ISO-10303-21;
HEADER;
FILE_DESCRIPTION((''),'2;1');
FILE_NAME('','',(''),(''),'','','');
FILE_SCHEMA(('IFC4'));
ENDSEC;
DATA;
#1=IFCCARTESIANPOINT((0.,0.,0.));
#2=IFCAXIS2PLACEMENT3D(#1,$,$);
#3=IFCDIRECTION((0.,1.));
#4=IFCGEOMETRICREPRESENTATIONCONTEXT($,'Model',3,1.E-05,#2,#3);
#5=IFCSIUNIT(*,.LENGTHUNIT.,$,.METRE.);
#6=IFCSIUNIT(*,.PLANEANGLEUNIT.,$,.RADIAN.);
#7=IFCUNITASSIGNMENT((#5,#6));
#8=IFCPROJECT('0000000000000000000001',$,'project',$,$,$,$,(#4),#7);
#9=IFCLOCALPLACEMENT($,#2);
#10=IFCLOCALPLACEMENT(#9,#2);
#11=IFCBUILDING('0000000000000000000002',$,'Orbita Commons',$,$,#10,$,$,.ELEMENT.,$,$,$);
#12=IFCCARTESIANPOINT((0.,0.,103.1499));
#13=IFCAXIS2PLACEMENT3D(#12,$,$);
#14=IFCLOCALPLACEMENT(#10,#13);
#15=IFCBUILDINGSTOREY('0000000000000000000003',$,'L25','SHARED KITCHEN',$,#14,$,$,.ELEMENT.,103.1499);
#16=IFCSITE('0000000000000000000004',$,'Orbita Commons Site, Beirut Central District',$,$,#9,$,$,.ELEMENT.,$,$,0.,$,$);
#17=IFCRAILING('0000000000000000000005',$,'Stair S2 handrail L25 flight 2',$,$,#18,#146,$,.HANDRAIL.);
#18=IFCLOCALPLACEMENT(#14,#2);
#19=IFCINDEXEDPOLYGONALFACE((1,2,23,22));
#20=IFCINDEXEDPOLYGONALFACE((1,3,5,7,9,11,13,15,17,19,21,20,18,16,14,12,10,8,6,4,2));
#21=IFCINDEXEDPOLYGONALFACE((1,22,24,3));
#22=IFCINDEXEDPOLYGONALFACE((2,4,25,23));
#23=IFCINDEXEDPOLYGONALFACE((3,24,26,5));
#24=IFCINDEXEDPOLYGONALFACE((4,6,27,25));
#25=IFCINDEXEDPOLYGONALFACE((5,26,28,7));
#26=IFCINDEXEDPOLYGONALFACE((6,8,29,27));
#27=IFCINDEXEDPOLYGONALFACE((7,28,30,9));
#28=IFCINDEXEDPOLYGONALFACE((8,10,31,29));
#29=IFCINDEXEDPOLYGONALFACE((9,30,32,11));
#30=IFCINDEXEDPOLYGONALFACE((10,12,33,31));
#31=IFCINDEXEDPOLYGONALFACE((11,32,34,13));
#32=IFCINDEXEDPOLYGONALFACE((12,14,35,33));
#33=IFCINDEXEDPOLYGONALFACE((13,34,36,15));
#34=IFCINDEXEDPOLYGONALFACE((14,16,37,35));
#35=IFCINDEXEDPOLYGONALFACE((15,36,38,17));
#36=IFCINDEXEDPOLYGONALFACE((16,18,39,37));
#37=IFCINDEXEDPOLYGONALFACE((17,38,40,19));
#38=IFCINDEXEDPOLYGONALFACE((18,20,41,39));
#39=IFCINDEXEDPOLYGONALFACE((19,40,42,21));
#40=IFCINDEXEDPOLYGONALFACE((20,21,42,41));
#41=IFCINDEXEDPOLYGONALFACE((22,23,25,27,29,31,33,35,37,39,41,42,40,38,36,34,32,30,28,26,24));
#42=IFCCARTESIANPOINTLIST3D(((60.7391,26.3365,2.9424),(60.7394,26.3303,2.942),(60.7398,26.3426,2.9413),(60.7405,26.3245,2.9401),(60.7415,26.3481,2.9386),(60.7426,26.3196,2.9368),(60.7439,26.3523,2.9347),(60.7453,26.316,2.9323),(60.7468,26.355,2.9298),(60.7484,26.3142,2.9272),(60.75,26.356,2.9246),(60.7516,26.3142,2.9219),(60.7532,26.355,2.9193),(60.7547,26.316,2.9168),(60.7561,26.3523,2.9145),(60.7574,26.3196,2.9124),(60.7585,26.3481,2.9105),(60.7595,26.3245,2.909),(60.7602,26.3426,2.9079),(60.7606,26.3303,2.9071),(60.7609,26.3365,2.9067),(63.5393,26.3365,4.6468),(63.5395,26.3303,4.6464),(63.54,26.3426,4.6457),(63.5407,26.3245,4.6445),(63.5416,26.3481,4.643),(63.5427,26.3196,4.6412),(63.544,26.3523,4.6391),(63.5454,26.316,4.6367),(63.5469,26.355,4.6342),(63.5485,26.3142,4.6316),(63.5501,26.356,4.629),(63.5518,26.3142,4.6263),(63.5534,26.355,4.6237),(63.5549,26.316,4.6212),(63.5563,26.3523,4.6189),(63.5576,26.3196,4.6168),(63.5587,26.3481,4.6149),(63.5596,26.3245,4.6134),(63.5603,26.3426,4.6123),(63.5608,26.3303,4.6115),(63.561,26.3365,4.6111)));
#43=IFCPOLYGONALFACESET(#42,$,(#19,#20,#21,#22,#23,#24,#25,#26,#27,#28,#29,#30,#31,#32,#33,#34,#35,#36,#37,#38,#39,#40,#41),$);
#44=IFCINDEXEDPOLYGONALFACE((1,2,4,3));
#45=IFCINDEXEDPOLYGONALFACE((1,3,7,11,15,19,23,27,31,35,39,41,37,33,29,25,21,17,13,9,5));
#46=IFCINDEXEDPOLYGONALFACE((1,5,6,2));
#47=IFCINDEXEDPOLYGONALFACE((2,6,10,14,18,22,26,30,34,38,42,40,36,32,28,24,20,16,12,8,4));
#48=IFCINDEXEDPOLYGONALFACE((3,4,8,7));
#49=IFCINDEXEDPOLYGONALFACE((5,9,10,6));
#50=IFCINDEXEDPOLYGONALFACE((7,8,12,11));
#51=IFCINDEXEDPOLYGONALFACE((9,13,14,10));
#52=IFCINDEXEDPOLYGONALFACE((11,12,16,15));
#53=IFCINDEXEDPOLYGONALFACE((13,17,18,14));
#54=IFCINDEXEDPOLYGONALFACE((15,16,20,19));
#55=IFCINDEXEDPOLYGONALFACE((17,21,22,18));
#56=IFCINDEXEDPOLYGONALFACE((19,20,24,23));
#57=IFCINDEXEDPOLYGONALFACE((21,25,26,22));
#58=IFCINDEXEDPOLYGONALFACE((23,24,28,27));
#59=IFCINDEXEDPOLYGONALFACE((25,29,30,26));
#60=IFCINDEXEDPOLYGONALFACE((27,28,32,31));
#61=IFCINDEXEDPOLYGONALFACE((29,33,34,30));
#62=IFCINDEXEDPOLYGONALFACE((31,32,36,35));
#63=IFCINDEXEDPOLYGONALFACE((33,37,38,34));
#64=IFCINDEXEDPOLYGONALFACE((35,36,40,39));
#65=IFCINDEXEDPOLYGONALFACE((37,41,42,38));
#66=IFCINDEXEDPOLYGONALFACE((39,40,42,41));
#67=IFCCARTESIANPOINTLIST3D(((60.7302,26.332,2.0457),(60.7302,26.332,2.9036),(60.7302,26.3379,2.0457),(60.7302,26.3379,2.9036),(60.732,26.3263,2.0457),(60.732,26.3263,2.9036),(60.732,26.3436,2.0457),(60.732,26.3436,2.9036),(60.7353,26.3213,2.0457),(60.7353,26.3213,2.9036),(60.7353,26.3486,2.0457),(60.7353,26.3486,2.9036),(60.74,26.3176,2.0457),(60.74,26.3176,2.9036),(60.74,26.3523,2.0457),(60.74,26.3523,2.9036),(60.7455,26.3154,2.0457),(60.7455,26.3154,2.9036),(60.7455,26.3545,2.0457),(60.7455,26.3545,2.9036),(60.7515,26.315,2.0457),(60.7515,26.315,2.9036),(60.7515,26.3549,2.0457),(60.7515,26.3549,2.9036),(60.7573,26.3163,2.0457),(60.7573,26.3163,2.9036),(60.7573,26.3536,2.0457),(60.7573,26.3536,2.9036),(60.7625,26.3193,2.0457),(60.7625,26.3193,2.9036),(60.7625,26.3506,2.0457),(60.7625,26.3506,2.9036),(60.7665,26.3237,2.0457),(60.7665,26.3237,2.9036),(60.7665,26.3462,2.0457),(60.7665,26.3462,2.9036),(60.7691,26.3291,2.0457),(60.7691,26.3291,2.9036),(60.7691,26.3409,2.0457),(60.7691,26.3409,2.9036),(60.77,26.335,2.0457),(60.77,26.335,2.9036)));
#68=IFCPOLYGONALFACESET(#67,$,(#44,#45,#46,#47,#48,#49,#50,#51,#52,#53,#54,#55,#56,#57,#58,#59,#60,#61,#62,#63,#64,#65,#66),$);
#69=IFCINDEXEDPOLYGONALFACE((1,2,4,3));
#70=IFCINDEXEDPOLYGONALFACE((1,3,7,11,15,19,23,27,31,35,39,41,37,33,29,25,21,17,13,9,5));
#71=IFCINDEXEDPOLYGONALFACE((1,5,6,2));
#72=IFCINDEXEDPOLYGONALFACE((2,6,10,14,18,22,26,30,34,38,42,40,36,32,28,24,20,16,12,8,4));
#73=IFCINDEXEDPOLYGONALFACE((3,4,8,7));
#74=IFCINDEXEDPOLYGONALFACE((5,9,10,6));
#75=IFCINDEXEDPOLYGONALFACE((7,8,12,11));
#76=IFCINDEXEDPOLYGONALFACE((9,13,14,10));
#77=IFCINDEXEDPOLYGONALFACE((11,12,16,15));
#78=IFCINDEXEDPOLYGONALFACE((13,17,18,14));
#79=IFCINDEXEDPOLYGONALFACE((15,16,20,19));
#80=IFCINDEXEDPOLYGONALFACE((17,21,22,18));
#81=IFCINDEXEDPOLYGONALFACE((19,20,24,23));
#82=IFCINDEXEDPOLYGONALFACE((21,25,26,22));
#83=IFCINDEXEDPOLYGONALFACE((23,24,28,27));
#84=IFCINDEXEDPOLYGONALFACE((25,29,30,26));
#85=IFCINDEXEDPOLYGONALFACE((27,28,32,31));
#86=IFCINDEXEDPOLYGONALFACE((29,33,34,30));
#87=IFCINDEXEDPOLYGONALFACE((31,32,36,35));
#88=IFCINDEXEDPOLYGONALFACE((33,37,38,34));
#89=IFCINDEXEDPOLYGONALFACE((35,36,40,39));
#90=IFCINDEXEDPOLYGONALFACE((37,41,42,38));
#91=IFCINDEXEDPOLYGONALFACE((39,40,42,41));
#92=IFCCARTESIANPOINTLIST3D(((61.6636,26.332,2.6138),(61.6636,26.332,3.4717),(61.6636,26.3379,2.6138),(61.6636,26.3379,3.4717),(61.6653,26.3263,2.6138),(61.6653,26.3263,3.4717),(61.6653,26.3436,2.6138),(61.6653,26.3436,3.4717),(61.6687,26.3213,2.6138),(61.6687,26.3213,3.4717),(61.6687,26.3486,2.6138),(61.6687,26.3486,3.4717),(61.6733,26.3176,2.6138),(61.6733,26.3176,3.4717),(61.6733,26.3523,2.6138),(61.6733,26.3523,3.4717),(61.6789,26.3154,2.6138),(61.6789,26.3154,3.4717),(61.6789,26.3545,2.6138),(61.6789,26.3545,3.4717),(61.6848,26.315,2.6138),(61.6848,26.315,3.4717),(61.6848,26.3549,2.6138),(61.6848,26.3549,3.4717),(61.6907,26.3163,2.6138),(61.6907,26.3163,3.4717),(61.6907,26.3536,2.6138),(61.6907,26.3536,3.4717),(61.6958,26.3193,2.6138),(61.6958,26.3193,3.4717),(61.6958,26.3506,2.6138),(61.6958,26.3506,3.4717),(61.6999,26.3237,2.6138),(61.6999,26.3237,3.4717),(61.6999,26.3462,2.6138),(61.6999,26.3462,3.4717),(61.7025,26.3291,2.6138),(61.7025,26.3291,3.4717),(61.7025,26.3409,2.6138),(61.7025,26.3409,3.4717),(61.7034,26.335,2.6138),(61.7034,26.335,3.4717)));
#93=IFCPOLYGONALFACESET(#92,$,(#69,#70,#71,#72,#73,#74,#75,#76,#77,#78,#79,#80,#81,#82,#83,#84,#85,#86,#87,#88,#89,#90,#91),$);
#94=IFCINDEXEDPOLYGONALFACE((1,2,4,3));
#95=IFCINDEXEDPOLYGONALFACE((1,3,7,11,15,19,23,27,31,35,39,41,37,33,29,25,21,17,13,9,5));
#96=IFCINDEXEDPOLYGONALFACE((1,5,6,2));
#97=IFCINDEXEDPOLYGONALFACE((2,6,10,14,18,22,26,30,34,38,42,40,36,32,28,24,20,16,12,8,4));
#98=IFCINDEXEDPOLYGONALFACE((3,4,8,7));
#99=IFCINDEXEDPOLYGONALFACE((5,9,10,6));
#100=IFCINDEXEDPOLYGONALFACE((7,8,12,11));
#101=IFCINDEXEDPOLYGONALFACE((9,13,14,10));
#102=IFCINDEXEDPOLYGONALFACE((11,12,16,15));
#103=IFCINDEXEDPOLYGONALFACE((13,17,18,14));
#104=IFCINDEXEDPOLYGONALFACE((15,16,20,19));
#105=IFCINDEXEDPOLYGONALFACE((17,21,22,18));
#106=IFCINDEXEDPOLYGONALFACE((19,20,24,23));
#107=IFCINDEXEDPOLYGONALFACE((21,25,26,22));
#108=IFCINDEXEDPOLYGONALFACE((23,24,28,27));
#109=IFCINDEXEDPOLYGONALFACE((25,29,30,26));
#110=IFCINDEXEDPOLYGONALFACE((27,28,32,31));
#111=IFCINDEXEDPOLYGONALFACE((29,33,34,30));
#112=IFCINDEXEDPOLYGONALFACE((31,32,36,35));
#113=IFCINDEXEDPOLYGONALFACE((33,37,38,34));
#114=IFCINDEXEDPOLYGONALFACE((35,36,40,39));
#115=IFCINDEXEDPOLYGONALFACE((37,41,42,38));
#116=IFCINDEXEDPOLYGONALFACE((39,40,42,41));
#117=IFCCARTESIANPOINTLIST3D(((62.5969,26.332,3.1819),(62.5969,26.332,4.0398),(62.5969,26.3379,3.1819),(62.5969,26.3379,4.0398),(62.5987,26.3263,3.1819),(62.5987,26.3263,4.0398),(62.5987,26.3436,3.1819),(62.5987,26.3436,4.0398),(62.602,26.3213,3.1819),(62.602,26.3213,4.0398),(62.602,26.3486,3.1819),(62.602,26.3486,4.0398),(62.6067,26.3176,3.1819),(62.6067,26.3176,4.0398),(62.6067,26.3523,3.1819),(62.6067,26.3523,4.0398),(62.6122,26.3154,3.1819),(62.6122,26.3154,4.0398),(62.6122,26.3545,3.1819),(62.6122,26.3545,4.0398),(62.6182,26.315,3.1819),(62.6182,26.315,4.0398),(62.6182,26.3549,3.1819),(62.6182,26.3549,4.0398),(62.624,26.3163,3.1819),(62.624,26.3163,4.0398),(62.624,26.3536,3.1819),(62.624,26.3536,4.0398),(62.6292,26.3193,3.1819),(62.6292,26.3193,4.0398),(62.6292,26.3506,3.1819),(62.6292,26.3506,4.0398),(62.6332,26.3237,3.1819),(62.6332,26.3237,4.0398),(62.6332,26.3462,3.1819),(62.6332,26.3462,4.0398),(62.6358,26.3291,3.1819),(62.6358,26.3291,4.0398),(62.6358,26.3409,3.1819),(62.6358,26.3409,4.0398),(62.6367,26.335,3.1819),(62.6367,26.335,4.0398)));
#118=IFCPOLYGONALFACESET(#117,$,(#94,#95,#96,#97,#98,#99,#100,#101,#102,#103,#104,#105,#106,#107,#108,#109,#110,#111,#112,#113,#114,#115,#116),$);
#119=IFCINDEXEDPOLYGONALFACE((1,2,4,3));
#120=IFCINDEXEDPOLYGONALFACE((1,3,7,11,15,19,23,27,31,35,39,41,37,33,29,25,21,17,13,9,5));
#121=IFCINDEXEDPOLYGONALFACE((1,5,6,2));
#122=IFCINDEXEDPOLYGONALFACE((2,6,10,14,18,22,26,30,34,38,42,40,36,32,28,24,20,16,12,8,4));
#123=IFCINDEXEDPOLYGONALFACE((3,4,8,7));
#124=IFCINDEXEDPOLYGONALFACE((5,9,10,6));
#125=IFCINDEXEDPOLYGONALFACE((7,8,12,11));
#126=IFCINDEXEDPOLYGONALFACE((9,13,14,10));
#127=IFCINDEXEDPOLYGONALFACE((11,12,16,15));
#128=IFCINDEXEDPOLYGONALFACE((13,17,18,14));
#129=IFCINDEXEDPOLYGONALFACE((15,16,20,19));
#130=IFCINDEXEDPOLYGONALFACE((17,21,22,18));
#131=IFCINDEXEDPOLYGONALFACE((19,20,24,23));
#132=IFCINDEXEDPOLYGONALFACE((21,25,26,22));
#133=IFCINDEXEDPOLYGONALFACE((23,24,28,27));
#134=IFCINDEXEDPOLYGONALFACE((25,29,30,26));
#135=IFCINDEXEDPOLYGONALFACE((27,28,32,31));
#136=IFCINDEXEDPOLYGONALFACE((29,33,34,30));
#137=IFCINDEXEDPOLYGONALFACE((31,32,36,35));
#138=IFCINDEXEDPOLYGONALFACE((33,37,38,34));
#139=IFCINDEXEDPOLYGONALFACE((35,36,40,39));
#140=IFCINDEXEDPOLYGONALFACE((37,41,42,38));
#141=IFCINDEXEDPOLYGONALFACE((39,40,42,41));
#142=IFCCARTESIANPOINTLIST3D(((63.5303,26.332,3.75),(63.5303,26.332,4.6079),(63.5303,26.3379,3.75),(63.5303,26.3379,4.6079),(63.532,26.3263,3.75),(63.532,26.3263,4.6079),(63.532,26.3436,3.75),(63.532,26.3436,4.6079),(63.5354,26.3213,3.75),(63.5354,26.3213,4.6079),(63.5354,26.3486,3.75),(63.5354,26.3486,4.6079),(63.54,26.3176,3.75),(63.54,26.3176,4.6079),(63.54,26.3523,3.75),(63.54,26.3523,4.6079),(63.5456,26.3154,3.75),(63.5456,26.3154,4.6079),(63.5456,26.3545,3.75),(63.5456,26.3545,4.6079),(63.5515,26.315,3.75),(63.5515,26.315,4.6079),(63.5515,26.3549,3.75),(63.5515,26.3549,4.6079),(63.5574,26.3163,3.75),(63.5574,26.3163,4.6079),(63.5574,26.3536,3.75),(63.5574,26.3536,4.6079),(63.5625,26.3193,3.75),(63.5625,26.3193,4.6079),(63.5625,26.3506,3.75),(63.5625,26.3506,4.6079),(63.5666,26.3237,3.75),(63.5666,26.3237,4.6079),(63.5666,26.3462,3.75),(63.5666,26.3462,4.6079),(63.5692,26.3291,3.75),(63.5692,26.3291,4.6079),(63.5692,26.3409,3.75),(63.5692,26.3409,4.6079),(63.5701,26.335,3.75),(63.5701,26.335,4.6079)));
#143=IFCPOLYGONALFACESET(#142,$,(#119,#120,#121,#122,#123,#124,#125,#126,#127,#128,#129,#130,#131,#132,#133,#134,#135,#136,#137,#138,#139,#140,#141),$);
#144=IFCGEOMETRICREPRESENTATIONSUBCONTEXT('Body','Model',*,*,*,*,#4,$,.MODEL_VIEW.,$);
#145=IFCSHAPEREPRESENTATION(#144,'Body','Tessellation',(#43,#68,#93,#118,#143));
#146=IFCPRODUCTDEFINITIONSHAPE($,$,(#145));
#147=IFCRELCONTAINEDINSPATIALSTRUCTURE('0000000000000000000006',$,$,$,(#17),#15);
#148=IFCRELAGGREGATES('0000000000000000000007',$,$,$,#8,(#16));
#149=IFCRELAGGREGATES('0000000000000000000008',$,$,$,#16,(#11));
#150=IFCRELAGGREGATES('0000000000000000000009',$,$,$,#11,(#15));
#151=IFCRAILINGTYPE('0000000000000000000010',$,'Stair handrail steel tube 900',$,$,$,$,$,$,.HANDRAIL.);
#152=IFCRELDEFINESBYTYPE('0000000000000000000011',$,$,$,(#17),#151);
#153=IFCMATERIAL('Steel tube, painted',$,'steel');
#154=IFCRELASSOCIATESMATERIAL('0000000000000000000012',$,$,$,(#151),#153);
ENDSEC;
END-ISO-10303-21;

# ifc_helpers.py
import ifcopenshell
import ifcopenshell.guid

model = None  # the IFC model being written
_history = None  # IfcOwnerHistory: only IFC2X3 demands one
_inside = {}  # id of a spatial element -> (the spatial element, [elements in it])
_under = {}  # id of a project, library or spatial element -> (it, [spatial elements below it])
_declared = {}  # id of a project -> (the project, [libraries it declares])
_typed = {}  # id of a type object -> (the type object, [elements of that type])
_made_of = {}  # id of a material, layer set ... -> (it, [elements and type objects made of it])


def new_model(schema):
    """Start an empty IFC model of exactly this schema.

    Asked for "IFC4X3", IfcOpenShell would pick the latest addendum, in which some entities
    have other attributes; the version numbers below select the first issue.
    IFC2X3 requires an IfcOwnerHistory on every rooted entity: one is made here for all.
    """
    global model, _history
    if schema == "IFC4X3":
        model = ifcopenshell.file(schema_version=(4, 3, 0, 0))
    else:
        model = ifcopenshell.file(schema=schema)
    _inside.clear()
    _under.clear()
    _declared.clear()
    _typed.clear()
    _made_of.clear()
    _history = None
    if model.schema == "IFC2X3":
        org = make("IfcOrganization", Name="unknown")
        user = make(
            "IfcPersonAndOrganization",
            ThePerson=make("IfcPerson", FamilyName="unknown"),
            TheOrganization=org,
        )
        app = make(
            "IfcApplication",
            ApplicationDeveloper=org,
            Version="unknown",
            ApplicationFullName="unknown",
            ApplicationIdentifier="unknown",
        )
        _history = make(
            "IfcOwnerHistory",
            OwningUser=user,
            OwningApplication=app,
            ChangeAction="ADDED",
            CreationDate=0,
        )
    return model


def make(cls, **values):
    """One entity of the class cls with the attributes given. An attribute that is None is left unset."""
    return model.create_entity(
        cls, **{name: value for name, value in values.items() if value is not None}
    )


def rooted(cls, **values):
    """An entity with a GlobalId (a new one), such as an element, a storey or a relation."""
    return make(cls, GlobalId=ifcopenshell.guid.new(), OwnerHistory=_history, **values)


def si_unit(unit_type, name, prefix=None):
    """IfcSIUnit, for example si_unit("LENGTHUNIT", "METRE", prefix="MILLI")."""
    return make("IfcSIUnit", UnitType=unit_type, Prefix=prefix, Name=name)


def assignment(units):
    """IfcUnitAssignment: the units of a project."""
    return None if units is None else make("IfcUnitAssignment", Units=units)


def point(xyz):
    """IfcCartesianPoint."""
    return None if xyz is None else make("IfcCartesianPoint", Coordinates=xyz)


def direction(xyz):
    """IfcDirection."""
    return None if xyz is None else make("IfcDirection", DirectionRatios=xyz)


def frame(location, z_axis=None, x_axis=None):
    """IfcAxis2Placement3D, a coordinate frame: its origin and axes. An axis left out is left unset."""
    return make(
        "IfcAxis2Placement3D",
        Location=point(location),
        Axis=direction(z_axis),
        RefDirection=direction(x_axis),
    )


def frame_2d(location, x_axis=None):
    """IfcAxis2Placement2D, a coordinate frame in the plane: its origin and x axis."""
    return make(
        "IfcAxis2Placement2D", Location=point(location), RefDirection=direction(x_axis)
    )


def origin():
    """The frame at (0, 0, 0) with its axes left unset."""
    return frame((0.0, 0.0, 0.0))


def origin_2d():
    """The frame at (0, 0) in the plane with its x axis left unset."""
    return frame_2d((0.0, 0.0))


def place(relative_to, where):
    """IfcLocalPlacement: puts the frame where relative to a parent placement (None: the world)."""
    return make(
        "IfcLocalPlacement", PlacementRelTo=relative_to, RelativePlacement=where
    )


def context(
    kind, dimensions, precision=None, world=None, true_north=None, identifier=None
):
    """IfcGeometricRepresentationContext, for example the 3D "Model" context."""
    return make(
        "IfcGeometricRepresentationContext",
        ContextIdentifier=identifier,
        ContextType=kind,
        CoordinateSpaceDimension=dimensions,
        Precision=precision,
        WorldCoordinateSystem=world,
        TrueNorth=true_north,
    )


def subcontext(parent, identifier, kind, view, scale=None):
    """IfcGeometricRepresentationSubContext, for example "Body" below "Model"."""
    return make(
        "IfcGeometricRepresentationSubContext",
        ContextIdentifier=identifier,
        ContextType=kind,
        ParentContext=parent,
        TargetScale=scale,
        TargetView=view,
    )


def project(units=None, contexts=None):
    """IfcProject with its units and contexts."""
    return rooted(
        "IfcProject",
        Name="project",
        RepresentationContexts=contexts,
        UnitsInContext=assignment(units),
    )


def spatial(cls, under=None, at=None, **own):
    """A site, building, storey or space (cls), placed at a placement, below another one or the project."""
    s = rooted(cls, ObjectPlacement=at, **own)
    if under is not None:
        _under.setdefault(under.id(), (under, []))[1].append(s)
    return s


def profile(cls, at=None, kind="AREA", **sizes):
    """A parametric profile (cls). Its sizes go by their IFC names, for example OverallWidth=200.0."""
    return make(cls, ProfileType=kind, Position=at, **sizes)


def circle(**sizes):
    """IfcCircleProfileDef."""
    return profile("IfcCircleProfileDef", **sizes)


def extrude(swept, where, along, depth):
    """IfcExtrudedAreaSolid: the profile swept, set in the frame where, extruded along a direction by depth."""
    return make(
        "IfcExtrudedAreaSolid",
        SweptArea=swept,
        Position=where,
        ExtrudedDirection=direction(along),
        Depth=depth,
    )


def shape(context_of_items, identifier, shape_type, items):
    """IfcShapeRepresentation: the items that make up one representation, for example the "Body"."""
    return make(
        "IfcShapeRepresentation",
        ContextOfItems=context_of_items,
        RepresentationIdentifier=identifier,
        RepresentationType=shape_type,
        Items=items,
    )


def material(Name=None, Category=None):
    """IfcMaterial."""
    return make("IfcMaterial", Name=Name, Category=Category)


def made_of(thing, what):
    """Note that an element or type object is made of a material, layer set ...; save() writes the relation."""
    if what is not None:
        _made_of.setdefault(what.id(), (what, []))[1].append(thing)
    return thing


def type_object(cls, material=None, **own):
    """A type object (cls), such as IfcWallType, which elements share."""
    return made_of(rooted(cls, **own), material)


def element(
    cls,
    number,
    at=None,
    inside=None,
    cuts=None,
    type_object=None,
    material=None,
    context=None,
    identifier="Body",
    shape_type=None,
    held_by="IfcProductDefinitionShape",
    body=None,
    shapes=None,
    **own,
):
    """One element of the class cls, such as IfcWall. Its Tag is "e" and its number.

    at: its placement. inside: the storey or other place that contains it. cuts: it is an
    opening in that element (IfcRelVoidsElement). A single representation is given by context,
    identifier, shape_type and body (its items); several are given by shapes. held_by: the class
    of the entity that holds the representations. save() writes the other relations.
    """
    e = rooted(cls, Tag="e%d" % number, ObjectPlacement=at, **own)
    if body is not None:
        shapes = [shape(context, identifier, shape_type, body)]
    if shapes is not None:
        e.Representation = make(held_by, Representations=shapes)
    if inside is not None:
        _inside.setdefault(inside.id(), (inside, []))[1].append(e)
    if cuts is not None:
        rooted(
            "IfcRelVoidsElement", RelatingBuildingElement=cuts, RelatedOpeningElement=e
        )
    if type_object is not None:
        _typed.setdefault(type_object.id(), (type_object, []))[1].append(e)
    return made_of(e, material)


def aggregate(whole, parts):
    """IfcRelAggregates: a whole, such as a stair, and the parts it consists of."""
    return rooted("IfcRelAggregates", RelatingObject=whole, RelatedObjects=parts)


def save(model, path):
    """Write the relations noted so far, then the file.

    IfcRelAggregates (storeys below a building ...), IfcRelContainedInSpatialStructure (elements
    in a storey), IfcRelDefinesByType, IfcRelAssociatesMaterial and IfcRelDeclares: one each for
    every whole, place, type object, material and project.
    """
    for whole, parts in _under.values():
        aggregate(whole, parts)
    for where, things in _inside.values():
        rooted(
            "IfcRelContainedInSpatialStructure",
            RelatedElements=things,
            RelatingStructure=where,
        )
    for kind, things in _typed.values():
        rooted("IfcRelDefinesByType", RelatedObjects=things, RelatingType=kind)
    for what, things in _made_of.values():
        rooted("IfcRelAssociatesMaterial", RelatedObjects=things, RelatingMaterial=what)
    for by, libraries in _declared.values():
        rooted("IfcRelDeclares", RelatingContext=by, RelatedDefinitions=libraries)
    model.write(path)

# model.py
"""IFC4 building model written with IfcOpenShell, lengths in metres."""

from ifc_helpers import new_model, si_unit, direction, frame, origin, origin_2d, place, context, subcontext, project, spatial, circle, extrude, material, type_object, element, save


model = new_model("IFC4")

# Units and contexts
model_context = context("Model", 3, precision=1e-05, world=origin(), true_north=direction((0.0, 1.0)))
body_context = subcontext(model_context, "Body", "Model", "MODEL_VIEW")
ifc_project = project(units=[si_unit("LENGTHUNIT", "METRE"), si_unit("PLANEANGLEUNIT", "RADIAN")], contexts=[model_context])

# Site, building, storey
site_placement = place(None, origin())
site = spatial("IfcSite", under=ifc_project, at=site_placement, Name="Orbita Commons Site, Beirut Central District", CompositionType="ELEMENT", RefElevation=0.0)
building_placement = place(site_placement, origin())
building = spatial("IfcBuilding", under=site, at=building_placement, Name="Orbita Commons", CompositionType="ELEMENT")
storey_placement = place(building_placement, frame((0.0, 0.0, 103.1499)))
storey = spatial("IfcBuildingStorey", under=building, at=storey_placement, Name="L25", Description="SHARED KITCHEN", CompositionType="ELEMENT", Elevation=103.1499)

# Railing
ifc_material_1 = material(Name="Steel tube, painted", Category="steel")
railing_type = type_object("IfcRailingType", Name="Stair handrail steel tube 900", PredefinedType="HANDRAIL", material=ifc_material_1)
for number, where, name in (
    (1, (60.75, 26.335, 2.0457), "Stair S2 handrail L25 flight 2"),
):
    element("IfcRailing", number, at=place(storey_placement, frame(where)), inside=storey, type_object=railing_type, Name=name, PredefinedType="HANDRAIL", context=body_context, shape_type="SweptSolid", body=[
        extrude(circle(Radius=0.021, at=origin_2d()), frame((0.0, 0.0, 0.8789), z_axis=(0.854203, 0.0, 0.51994), x_axis=(0.0, 1.0, 0.0)), (0.0, 0.0, 1.0), 3.2781),
        extrude(circle(Radius=0.02, at=origin_2d()), origin(), (0.0, 0.0, 1.0), 0.8579),
        extrude(circle(Radius=0.02, at=origin_2d()), frame((0.9333, 0.0, 0.5681)), (0.0, 0.0, 1.0), 0.8579),
        extrude(circle(Radius=0.02, at=origin_2d()), frame((1.8667, 0.0, 1.1362)), (0.0, 0.0, 1.0), 0.8579),
        extrude(circle(Radius=0.02, at=origin_2d()), frame((2.8, 0.0, 1.7043)), (0.0, 0.0, 1.0), 0.8579),
    ])

save(model, "model.ifc")
